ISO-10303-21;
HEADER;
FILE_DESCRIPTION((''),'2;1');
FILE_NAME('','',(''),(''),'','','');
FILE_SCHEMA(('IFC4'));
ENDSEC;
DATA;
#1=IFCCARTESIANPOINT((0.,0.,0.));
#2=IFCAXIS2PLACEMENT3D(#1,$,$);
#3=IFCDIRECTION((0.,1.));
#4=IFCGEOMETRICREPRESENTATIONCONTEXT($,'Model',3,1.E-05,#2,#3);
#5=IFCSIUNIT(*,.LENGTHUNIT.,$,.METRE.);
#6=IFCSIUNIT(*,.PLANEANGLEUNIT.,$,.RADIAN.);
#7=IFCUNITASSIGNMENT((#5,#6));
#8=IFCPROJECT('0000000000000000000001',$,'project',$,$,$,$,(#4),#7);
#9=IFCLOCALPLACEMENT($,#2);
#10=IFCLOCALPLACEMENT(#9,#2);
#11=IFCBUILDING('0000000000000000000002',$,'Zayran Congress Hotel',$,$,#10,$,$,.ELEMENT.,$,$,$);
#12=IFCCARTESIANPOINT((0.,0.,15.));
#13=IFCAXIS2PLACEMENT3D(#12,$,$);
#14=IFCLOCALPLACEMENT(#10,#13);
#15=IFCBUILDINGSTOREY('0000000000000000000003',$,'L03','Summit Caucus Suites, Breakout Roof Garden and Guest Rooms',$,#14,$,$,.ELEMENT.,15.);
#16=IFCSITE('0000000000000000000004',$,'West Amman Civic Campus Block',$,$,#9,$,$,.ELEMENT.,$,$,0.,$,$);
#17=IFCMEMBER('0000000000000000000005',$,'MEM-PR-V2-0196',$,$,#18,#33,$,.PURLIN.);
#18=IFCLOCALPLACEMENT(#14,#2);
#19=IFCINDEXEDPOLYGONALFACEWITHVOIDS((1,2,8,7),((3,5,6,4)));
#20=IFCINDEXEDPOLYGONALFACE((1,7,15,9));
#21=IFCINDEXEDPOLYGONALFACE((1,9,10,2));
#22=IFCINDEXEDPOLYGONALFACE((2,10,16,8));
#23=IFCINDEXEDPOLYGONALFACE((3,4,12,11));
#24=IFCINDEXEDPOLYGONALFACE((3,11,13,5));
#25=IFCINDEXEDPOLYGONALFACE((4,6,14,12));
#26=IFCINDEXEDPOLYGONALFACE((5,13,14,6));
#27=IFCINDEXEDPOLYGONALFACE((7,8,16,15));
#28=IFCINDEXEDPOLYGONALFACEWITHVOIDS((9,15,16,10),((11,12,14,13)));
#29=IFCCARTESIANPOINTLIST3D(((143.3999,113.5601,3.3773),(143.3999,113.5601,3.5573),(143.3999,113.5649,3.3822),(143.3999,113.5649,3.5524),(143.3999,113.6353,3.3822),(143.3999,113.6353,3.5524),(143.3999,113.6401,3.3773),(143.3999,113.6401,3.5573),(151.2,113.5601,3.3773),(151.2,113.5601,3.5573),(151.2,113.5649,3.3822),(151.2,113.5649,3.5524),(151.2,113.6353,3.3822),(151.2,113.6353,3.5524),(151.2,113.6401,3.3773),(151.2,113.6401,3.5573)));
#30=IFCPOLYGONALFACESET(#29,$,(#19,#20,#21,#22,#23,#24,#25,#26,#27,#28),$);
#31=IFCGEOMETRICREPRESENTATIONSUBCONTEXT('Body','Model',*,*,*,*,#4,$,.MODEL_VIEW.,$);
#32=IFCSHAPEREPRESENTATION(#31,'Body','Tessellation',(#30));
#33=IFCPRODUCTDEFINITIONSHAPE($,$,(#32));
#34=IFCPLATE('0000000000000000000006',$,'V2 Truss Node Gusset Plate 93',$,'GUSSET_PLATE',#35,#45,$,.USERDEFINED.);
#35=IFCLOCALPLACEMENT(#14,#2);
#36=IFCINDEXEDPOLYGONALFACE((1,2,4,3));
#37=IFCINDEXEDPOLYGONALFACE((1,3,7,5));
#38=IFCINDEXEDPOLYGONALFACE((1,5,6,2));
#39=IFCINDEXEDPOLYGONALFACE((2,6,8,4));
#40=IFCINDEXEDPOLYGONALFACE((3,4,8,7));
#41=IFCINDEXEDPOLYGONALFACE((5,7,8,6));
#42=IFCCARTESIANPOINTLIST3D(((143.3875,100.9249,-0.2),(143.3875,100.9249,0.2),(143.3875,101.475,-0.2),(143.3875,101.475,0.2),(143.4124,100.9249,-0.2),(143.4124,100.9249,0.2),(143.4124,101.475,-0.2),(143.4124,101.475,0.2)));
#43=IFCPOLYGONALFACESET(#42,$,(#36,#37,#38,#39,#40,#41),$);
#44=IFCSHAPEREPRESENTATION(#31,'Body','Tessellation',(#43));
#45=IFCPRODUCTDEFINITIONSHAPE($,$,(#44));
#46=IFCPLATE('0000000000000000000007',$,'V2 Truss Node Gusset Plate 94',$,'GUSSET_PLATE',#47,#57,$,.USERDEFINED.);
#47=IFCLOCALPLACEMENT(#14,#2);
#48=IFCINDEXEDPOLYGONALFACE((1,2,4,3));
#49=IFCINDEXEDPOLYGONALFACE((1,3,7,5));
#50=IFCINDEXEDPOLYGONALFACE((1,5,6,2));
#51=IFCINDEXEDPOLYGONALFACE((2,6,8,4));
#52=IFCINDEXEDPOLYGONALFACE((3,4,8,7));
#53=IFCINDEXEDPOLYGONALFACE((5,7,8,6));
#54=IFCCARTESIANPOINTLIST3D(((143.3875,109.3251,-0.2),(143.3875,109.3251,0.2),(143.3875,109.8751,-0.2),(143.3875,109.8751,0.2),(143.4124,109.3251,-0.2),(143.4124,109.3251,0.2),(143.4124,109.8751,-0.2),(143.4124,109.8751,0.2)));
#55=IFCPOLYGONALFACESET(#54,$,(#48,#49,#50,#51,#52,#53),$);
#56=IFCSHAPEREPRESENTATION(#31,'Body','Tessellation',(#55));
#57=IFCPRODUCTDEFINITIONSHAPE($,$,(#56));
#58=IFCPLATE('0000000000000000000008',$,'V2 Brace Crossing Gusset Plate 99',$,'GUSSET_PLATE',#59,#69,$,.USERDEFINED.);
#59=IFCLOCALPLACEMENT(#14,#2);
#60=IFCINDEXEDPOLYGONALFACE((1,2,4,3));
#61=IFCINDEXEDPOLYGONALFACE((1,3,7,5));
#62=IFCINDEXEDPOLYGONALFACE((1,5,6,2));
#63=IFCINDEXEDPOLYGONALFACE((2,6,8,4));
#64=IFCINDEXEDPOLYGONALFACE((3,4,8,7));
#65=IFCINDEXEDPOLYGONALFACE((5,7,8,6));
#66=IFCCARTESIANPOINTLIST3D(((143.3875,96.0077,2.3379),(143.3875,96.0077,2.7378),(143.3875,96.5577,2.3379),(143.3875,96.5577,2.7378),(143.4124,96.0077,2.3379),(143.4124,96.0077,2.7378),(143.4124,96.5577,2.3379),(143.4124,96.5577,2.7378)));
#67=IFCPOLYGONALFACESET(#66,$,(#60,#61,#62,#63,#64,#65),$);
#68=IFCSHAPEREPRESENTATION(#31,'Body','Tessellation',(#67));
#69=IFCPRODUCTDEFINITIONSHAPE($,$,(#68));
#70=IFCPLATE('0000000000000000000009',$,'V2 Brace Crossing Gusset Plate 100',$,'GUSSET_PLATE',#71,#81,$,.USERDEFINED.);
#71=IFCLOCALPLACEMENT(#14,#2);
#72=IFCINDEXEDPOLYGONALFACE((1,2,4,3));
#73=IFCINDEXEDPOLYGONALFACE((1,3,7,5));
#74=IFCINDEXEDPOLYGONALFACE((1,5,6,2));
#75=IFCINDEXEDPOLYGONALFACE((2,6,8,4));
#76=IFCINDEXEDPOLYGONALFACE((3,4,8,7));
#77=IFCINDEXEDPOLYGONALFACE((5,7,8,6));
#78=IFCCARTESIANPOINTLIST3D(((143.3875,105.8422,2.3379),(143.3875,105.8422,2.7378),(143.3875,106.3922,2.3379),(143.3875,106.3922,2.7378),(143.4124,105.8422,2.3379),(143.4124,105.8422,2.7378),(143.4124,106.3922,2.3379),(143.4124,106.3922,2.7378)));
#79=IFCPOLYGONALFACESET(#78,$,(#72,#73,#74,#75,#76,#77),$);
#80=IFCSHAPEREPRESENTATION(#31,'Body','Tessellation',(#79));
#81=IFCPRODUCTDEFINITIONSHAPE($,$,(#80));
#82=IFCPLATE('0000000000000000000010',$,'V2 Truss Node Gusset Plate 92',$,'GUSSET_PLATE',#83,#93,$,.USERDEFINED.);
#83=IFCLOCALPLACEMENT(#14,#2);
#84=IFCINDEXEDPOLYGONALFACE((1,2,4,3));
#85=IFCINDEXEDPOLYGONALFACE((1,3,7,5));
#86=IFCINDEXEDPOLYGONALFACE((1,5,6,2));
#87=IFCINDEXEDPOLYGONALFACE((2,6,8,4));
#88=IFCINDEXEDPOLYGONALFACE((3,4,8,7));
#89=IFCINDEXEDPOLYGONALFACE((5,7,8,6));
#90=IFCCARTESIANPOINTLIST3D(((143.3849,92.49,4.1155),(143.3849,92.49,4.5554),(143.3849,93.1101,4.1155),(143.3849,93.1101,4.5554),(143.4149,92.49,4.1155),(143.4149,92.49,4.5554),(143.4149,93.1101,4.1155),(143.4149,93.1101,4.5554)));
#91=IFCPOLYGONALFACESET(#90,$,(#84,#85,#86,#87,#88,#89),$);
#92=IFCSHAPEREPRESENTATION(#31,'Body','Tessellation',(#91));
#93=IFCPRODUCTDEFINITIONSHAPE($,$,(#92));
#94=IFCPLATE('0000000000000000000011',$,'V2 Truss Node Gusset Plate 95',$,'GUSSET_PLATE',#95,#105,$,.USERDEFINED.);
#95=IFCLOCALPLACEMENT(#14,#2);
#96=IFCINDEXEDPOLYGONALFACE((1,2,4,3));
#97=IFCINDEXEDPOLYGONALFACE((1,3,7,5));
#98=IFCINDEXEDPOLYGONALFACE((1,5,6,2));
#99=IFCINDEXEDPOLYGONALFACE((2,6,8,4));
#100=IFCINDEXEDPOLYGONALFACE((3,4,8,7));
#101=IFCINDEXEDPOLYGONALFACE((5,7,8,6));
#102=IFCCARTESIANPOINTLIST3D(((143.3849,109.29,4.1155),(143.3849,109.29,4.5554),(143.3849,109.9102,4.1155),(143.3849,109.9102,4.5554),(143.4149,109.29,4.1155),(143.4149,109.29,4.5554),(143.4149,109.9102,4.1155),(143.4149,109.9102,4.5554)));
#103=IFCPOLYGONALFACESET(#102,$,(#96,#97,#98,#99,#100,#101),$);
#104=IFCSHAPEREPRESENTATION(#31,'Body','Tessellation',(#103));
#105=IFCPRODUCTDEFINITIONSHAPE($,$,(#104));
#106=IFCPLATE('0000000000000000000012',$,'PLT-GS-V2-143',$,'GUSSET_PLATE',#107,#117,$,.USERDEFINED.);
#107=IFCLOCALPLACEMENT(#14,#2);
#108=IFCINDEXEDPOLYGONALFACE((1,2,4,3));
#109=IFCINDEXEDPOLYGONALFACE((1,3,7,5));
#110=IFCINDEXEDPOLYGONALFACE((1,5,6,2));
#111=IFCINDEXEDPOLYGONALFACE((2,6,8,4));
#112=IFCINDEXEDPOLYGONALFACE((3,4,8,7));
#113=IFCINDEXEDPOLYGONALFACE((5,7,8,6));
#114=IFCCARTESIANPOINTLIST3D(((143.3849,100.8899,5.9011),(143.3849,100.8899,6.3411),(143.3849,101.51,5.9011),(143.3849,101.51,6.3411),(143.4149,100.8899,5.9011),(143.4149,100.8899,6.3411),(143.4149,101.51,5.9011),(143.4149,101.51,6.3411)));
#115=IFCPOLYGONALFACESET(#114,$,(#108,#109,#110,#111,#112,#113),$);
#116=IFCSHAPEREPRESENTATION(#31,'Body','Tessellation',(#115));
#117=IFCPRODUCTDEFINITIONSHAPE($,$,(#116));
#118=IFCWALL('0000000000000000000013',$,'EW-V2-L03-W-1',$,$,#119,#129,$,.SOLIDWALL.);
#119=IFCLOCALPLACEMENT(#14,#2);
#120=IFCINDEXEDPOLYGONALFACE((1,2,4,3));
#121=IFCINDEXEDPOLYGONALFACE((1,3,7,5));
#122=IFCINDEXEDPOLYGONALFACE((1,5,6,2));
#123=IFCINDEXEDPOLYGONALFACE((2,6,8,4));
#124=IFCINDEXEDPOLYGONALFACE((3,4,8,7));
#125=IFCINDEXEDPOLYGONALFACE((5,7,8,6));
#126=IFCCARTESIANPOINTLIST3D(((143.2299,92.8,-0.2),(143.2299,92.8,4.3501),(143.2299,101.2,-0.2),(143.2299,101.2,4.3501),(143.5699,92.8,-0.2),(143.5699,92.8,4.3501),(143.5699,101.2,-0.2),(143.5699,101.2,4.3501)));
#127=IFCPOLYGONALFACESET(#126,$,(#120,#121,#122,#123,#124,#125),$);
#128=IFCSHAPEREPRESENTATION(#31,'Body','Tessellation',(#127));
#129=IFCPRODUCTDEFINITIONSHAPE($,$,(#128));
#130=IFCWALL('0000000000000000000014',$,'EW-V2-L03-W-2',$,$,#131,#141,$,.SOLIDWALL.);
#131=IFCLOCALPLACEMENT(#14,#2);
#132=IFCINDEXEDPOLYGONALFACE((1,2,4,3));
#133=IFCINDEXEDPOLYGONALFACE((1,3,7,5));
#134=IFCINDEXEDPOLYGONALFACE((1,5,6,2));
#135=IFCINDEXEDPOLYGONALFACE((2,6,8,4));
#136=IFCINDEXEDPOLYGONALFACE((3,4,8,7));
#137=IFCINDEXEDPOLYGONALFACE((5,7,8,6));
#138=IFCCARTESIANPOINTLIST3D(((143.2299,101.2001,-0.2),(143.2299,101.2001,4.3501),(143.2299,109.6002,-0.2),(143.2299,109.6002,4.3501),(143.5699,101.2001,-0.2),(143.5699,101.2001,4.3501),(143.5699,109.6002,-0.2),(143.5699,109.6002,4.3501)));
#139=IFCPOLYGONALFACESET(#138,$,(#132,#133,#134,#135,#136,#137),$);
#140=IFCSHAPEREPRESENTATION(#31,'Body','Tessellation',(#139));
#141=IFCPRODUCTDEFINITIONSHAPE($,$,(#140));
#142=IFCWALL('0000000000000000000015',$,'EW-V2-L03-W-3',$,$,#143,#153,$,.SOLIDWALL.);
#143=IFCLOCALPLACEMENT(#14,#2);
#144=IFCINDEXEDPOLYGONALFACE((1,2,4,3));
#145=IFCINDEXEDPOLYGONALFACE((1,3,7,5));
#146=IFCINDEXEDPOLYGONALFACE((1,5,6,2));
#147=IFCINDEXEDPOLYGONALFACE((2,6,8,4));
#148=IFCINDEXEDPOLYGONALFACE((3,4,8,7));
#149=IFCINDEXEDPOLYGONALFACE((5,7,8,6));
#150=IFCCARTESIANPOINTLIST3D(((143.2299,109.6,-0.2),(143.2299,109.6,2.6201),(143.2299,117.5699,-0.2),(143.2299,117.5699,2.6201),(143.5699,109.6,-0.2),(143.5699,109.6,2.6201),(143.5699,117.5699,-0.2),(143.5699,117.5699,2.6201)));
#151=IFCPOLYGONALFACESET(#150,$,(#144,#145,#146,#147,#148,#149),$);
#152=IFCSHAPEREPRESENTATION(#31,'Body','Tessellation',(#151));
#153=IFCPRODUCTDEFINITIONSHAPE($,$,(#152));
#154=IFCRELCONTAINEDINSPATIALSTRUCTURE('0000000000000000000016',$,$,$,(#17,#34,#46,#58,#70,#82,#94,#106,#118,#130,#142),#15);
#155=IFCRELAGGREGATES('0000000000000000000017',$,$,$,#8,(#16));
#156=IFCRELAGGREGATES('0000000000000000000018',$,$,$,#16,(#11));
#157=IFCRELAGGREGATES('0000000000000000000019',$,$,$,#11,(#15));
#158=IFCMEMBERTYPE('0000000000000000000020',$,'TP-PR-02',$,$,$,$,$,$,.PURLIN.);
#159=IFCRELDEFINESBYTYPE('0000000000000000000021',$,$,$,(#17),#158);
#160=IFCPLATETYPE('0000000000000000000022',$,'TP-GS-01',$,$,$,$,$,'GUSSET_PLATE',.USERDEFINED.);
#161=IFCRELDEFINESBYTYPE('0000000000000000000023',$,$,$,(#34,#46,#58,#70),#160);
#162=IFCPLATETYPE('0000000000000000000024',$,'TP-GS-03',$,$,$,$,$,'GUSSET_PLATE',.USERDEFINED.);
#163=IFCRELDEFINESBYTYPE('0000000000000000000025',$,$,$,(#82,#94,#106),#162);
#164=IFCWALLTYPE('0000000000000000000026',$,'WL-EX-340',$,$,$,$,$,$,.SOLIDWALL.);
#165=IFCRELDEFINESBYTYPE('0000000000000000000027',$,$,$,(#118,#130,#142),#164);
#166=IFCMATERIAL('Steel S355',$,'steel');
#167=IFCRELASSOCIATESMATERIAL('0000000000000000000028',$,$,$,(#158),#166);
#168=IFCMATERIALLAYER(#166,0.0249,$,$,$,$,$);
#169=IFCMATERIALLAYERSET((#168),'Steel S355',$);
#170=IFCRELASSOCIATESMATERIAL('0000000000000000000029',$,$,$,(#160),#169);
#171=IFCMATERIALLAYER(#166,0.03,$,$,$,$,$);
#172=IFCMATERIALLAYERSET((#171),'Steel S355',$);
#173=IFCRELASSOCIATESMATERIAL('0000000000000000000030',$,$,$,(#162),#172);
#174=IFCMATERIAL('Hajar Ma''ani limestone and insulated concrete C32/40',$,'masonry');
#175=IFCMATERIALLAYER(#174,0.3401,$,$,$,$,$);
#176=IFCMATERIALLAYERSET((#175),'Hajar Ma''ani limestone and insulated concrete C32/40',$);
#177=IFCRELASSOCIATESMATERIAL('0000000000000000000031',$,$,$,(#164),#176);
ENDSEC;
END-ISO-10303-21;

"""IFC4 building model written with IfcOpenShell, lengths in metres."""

from ifc_helpers import new_model, si_unit, direction, frame, frame_2d, origin, origin_2d, place, context, subcontext, project, spatial, rectangle, hollow_rectangle, extrude, material, layer, layer_set, material_profile, profile_set, type_object, element, save


model = new_model("IFC4")

# Units and contexts
model_context = context("Model", 3, precision=1e-05, world=origin(), true_north=direction((0.0, 1.0)))
body_context = subcontext(model_context, "Body", "Model", "MODEL_VIEW")
ifc_project = project(units=[si_unit("LENGTHUNIT", "METRE"), si_unit("PLANEANGLEUNIT", "RADIAN")], contexts=[model_context])

# Site, building, storey
site_placement = place(None, origin())
site = spatial("IfcSite", under=ifc_project, at=site_placement, Name="West Amman Civic Campus Block", CompositionType="ELEMENT", RefElevation=0.0)
building_placement = place(site_placement, origin())
building = spatial("IfcBuilding", under=site, at=building_placement, Name="Zayran Congress Hotel", CompositionType="ELEMENT")
storey_placement = place(building_placement, frame((0.0, 0.0, 15.0)))
storey = spatial("IfcBuildingStorey", under=building, at=storey_placement, Name="L03", Description="Summit Caucus Suites, Breakout Roof Garden and Guest Rooms", CompositionType="ELEMENT", Elevation=15.0)

# Shared definitions
ifc_material_1 = material(Name="Steel S355", Category="steel")

# Member
ifc_material_profile_1 = material_profile(ifc_material_1, hollow_rectangle(XDim=0.0801, YDim=0.1799, WallThickness=0.0049, at=origin_2d()), Name="RHS 180x80x5")
ifc_profile_set_1 = profile_set([ifc_material_profile_1], Name="Steel S355")
member_type_1 = type_object("IfcMemberType", Name="TP-PR-02", PredefinedType="PURLIN", material=ifc_profile_set_1)
for number, where, z_axis, x_axis, name in (
    (1, (143.3999, 113.6001, 3.4673), (1.0, 0.0, 0.0), (0.0, 1.0, 0.0), "MEM-PR-V2-0196"),
):
    element("IfcMember", number, at=place(storey_placement, frame(where, z_axis=z_axis, x_axis=x_axis)), inside=storey, type_object=member_type_1, Name=name, PredefinedType="PURLIN", context=body_context, shape_type="SweptSolid", body=[
        extrude(hollow_rectangle(XDim=0.0801, YDim=0.1799, WallThickness=0.0049, at=origin_2d()), origin(), (0.0, 0.0, 1.0), 7.8),
    ])

# Plates
ifc_layer_1 = layer(ifc_material_1, 0.0249)
ifc_layer_set_1 = layer_set([ifc_layer_1], Name="Steel S355")
plate_type_1 = type_object("IfcPlateType", Name="TP-GS-01", ElementType="GUSSET_PLATE", PredefinedType="USERDEFINED", material=ifc_layer_set_1)
for number, where, z_axis, x_axis, name in (
    (2, (143.3999, 101.2, -0.2), (0.0, 0.0, 1.0), (0.0, 1.0, 0.0), "V2 Truss Node Gusset Plate 93"),
    (3, (143.3999, 109.6001, -0.2), (0.0, 0.0, 1.0), (0.0, 1.0, 0.0), "V2 Truss Node Gusset Plate 94"),
    (4, (143.3999, 96.2827, 2.3379), (0.0, 0.0, 1.0), (0.0, 1.0, 0.0), "V2 Brace Crossing Gusset Plate 99"),
    (5, (143.3999, 106.1172, 2.3379), (0.0, 0.0, 1.0), (0.0, 1.0, 0.0), "V2 Brace Crossing Gusset Plate 100"),
):
    element("IfcPlate", number, at=place(storey_placement, frame(where, z_axis=z_axis, x_axis=x_axis)), inside=storey, type_object=plate_type_1, Name=name, ObjectType="GUSSET_PLATE", PredefinedType="USERDEFINED", context=body_context, shape_type="SweptSolid", body=[
        extrude(rectangle(XDim=0.55, YDim=0.0249, at=origin_2d()), origin(), (0.0, 0.0, 1.0), 0.3999),
    ])
ifc_layer_2 = layer(ifc_material_1, 0.03)
ifc_layer_set_2 = layer_set([ifc_layer_2], Name="Steel S355")
plate_type_2 = type_object("IfcPlateType", Name="TP-GS-03", ElementType="GUSSET_PLATE", PredefinedType="USERDEFINED", material=ifc_layer_set_2)
for number, where, z_axis, x_axis, name in (
    (6, (143.3999, 92.8, 4.1155), (0.0, 0.0, 1.0), (0.0, 1.0, 0.0), "V2 Truss Node Gusset Plate 92"),
    (7, (143.3999, 109.6001, 4.1155), (0.0, 0.0, 1.0), (0.0, 1.0, 0.0), "V2 Truss Node Gusset Plate 95"),
    (8, (143.3999, 101.2, 5.9011), (0.0, 0.0, 1.0), (0.0, 1.0, 0.0), "PLT-GS-V2-143"),
):
    element("IfcPlate", number, at=place(storey_placement, frame(where, z_axis=z_axis, x_axis=x_axis)), inside=storey, type_object=plate_type_2, Name=name, ObjectType="GUSSET_PLATE", PredefinedType="USERDEFINED", context=body_context, shape_type="SweptSolid", body=[
        extrude(rectangle(XDim=0.6201, YDim=0.03, at=origin_2d()), origin(), (0.0, 0.0, 1.0), 0.4399),
    ])

# Walls
ifc_material_2 = material(Name="Hajar Ma'ani limestone and insulated concrete C32/40", Category="masonry")
ifc_layer_3 = layer(ifc_material_2, 0.3401)
ifc_layer_set_3 = layer_set([ifc_layer_3], Name="Hajar Ma'ani limestone and insulated concrete C32/40")
wall_type = type_object("IfcWallType", Name="WL-EX-340", PredefinedType="SOLIDWALL", material=ifc_layer_set_3)
wall_1_placement = place(storey_placement, frame((143.3999, 92.8, -0.2), z_axis=(0.0, 0.0, 1.0), x_axis=(0.0, 1.0, 0.0)))
element("IfcWall", 9, at=wall_1_placement, inside=storey, type_object=wall_type, Name="EW-V2-L03-W-1", PredefinedType="SOLIDWALL", context=body_context, shape_type="SweptSolid", body=[
    extrude(rectangle(XDim=8.3999, YDim=0.3401, at=frame_2d((4.2, 0.0))), origin(), (0.0, 0.0, 1.0), 4.55),
])
wall_2_placement = place(storey_placement, frame((143.3999, 101.2, -0.2), z_axis=(0.0, 0.0, 1.0), x_axis=(0.0, 1.0, 0.0)))
element("IfcWall", 10, at=wall_2_placement, inside=storey, type_object=wall_type, Name="EW-V2-L03-W-2", PredefinedType="SOLIDWALL", context=body_context, shape_type="SweptSolid", body=[
    extrude(rectangle(XDim=8.4001, YDim=0.3401, at=frame_2d((4.2002, 0.0))), origin(), (0.0, 0.0, 1.0), 4.55),
])
wall_3_placement = place(storey_placement, frame((143.3999, 109.6001, -0.2), z_axis=(0.0, 0.0, 1.0), x_axis=(0.0, 1.0, 0.0)))
element("IfcWall", 11, at=wall_3_placement, inside=storey, type_object=wall_type, Name="EW-V2-L03-W-3", PredefinedType="SOLIDWALL", context=body_context, shape_type="SweptSolid", body=[
    extrude(rectangle(XDim=7.97, YDim=0.3401, at=frame_2d((3.9849, 0.0))), origin(), (0.0, 0.0, 1.0), 2.8201),
])

save(model, "model.ifc")
